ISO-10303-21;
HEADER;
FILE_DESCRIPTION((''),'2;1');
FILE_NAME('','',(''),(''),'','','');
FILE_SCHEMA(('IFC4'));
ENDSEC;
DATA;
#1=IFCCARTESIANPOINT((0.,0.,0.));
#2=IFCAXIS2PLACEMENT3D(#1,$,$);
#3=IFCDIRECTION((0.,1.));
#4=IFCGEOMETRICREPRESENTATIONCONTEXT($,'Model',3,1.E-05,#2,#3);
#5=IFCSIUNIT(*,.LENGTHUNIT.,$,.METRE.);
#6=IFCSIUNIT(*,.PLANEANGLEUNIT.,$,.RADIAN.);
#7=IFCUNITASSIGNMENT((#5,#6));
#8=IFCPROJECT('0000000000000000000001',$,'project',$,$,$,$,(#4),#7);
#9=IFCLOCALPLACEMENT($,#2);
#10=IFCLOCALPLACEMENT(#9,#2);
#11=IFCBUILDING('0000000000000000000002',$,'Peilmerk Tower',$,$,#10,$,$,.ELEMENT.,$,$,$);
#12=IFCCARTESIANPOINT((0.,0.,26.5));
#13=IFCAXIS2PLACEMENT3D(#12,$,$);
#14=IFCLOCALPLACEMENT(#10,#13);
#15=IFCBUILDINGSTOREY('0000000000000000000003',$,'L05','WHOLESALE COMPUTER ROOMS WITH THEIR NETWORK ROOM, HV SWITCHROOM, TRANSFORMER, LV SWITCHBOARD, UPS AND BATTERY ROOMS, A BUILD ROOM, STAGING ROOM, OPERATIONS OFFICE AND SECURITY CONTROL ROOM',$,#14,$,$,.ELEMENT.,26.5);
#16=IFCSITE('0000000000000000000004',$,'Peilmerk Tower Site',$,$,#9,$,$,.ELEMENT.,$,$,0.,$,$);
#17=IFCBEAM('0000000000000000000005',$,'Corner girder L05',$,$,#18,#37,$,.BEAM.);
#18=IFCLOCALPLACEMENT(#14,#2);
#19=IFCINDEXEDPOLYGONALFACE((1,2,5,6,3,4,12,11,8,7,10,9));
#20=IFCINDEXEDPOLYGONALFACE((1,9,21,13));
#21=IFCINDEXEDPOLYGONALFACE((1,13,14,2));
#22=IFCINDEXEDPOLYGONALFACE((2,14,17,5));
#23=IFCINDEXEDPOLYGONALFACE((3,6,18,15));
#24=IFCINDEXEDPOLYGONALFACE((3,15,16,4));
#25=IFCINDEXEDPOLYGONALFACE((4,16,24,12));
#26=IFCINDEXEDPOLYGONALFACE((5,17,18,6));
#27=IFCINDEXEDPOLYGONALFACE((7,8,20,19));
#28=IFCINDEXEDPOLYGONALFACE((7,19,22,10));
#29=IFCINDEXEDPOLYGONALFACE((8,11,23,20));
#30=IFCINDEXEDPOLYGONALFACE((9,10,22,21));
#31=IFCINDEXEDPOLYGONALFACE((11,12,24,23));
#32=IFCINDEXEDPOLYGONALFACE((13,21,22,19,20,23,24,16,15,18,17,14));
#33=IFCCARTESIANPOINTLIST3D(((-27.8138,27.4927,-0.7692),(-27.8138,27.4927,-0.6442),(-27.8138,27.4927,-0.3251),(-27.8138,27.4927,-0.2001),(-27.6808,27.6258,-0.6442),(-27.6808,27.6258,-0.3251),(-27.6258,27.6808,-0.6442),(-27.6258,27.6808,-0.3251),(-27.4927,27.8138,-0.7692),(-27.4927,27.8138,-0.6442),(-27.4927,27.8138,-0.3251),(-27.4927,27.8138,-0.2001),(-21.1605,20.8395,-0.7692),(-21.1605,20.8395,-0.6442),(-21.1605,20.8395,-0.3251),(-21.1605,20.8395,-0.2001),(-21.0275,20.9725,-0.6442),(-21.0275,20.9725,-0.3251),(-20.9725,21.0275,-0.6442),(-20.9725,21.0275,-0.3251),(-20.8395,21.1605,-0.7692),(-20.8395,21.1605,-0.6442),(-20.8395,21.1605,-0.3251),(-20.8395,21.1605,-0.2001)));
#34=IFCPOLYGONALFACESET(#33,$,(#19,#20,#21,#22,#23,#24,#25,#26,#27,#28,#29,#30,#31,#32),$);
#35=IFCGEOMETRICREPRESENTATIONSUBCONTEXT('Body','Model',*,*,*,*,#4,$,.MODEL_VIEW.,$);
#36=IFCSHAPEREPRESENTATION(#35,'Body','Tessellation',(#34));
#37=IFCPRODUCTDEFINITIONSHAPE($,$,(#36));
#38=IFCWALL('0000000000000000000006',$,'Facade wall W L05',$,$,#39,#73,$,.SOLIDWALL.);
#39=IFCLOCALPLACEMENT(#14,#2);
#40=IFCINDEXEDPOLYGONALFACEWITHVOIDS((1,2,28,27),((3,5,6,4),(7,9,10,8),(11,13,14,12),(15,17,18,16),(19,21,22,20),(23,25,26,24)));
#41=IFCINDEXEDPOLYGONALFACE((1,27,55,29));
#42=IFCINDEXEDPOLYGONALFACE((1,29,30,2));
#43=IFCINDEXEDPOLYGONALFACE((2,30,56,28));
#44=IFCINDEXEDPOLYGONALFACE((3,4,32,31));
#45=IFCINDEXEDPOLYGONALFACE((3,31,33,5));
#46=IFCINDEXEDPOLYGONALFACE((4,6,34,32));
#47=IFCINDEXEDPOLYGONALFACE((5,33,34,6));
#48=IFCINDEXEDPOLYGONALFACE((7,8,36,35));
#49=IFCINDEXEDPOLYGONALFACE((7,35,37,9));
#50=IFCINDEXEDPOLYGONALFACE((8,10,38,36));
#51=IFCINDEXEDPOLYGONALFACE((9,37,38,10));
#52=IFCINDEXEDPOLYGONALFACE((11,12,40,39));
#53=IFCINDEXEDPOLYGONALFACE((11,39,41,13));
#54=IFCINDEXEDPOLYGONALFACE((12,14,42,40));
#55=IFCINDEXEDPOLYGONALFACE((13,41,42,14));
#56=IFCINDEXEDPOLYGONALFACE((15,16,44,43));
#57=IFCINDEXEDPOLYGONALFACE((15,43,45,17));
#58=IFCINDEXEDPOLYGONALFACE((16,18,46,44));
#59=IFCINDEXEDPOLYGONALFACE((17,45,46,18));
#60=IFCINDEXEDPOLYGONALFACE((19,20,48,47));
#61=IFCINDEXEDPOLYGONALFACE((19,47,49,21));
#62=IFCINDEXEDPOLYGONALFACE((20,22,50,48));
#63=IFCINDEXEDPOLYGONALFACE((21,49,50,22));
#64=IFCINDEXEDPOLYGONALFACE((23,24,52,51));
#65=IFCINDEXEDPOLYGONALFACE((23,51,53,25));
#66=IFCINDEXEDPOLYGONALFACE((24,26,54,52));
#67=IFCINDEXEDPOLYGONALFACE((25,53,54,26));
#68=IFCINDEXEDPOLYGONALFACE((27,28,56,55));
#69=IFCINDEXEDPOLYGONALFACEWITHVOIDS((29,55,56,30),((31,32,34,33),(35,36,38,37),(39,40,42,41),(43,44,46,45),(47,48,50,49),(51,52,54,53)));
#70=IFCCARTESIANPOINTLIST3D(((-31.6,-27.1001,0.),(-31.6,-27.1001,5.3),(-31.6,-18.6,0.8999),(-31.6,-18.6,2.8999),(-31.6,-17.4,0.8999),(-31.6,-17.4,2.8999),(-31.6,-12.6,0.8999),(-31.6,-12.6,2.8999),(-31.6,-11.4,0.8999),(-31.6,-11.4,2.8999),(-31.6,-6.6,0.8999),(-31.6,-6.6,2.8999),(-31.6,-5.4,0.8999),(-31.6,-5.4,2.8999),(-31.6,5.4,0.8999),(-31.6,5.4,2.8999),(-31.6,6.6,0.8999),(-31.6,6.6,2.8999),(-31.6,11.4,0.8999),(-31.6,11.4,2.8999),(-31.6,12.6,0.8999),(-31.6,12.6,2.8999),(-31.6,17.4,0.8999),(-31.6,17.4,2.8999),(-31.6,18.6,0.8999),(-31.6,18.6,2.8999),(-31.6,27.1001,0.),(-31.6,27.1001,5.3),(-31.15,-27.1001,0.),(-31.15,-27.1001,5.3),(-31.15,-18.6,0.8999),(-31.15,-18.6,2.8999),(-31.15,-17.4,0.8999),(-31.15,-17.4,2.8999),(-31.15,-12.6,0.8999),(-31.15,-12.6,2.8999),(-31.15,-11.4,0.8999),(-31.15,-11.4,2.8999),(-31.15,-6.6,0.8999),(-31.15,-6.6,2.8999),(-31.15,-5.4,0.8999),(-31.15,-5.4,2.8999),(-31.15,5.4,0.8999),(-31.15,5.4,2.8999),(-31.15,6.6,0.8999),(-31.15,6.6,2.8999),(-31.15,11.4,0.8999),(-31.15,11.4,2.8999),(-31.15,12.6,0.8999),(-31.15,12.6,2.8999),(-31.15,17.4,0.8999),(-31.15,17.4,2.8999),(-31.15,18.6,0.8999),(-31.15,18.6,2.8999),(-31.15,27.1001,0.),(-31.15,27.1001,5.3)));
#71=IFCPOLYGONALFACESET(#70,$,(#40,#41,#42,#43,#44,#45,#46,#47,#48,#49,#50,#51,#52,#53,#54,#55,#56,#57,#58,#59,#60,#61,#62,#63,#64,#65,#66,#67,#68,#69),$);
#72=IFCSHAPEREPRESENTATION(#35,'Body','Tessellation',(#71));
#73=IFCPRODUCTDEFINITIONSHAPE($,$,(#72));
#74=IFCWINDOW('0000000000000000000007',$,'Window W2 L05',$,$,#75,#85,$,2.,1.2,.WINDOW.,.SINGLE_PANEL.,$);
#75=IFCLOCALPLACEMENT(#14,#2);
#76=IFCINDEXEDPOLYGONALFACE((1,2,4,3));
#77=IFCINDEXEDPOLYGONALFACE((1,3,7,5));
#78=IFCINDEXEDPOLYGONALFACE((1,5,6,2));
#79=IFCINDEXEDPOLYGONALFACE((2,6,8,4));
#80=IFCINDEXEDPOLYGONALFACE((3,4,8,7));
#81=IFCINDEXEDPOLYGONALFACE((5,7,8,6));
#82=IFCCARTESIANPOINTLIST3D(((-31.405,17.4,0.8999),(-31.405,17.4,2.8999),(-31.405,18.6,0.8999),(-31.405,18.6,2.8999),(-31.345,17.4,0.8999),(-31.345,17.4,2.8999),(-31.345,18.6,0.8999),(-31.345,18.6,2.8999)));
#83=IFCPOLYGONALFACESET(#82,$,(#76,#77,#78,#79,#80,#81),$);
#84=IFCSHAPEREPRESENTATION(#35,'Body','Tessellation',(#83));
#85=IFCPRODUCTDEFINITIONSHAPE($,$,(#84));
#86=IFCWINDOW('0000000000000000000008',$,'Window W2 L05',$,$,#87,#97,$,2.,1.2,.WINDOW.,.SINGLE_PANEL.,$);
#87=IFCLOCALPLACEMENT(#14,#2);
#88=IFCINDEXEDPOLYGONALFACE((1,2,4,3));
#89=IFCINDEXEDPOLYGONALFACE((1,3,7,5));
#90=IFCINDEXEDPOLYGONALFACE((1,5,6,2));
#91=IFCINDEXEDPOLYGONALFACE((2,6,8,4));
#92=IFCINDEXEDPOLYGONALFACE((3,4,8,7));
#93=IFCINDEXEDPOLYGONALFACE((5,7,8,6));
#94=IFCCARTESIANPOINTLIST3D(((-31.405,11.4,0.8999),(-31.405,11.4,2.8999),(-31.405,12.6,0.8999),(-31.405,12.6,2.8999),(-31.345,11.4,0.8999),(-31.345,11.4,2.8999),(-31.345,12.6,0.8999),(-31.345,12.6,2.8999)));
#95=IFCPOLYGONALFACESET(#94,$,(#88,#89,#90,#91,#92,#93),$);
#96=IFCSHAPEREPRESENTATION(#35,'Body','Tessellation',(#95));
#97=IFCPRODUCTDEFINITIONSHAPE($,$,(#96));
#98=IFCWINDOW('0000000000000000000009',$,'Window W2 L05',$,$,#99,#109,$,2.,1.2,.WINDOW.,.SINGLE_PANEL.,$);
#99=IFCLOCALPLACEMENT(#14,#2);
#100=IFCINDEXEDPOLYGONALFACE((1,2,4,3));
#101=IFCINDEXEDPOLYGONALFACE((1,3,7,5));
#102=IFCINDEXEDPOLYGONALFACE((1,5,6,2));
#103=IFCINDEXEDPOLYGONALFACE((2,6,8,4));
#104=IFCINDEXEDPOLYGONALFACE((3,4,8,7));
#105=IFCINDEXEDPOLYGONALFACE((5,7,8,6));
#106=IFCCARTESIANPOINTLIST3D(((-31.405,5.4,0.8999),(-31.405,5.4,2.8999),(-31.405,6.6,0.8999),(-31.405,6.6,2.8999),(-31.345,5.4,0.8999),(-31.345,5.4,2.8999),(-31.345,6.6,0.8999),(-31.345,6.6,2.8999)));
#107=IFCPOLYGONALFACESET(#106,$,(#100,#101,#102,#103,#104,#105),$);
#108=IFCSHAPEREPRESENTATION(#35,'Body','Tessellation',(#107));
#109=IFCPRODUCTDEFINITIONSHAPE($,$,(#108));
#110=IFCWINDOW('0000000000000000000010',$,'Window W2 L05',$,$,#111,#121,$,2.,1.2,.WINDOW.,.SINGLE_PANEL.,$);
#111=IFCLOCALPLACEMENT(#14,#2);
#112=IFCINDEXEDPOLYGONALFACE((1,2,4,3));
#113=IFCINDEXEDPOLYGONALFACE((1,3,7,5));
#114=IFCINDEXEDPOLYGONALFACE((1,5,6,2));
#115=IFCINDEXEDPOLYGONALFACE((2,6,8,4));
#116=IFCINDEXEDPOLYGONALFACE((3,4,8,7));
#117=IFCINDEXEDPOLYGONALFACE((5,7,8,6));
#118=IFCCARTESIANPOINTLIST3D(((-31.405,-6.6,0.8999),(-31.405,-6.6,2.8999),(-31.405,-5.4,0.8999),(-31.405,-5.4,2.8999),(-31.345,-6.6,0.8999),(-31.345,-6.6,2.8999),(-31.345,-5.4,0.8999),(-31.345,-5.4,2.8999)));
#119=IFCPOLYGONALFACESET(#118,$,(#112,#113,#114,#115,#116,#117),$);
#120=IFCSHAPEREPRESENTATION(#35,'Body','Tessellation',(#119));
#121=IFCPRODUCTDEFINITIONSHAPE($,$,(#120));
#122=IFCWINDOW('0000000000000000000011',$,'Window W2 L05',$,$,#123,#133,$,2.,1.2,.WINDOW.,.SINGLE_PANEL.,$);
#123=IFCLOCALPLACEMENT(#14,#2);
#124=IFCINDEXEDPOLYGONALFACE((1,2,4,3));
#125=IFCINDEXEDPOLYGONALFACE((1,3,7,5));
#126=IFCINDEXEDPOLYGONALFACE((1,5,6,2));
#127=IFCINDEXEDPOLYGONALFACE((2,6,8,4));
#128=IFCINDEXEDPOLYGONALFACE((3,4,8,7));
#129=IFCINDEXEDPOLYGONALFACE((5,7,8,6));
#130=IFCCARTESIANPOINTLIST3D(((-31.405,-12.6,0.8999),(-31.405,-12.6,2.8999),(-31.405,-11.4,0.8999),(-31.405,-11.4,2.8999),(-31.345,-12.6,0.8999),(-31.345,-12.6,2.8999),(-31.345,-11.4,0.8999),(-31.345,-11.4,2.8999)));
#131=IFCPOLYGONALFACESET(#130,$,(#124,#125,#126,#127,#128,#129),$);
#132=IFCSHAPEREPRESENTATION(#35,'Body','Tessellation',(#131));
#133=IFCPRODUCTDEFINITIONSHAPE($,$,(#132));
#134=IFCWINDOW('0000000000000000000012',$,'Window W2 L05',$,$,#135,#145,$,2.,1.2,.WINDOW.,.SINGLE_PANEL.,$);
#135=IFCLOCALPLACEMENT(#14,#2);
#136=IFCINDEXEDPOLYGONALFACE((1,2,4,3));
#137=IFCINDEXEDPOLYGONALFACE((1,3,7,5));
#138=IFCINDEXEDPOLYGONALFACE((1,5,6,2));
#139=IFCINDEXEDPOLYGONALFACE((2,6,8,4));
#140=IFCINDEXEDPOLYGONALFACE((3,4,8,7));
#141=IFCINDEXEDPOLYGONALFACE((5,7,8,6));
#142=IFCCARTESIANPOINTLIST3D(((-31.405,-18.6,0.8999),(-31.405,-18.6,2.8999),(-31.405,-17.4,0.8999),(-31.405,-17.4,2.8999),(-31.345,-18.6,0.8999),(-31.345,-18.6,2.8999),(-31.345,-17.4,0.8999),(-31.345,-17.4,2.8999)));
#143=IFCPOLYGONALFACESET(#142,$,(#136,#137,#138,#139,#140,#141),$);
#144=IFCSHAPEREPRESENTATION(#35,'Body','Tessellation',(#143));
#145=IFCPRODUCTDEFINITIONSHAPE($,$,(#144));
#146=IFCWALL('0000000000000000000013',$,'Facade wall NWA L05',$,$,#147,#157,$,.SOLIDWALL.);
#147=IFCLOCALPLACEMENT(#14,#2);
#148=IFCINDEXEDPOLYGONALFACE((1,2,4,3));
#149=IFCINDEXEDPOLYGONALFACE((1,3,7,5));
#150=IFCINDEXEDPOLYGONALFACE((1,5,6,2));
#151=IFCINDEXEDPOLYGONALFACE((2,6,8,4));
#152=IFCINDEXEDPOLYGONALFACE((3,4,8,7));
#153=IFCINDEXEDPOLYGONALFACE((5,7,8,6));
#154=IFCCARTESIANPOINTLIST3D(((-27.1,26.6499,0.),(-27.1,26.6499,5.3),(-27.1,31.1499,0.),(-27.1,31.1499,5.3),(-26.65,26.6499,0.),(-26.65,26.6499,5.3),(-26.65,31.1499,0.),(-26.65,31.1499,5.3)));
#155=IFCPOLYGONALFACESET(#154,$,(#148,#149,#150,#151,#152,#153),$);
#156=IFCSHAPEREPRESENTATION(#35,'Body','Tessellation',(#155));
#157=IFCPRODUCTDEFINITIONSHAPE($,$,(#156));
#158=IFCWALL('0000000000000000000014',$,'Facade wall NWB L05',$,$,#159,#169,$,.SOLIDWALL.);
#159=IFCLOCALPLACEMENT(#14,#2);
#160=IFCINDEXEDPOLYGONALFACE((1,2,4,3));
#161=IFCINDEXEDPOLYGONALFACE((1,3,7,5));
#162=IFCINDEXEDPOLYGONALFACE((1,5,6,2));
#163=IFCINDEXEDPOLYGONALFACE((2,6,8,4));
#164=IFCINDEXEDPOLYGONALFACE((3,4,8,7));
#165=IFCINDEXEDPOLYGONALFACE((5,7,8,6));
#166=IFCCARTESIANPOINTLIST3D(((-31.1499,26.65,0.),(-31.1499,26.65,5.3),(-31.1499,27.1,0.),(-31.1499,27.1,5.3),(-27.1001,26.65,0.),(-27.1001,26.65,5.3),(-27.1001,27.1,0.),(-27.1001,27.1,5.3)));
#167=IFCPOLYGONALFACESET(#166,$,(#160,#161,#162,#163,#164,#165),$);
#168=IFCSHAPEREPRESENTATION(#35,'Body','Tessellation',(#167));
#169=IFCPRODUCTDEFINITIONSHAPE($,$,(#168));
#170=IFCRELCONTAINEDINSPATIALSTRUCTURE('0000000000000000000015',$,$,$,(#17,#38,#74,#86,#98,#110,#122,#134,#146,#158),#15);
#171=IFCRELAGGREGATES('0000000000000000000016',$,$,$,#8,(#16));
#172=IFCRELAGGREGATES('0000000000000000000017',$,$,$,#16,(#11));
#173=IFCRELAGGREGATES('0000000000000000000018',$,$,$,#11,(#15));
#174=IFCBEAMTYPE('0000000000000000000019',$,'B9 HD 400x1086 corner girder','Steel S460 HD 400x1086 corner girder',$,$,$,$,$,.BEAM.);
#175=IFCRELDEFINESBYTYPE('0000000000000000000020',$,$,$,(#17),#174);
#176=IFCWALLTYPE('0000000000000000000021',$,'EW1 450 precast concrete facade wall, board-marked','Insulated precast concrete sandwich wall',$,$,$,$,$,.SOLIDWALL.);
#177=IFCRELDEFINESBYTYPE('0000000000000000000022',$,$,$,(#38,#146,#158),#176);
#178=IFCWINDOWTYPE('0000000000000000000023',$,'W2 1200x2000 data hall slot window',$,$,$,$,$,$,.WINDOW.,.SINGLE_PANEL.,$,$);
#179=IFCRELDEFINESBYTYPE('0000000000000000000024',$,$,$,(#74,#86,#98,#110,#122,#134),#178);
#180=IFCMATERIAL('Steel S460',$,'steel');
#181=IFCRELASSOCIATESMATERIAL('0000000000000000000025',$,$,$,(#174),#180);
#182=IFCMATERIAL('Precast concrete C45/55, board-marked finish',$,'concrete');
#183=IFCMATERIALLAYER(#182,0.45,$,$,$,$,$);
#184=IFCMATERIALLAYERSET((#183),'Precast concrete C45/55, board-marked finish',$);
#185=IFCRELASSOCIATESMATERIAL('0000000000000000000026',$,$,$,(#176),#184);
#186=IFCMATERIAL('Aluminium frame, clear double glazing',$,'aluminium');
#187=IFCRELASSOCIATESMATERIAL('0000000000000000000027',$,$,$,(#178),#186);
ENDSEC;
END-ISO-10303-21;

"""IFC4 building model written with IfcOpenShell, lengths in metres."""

from ifc_helpers import new_model, si_unit, direction, frame, frame_2d, origin, origin_2d, place, context, subcontext, project, spatial, rectangle, i_section, extrude, material, layer, layer_set, material_profile, profile_set, type_object, element, fill, save


model = new_model("IFC4")

# Units and contexts
model_context = context("Model", 3, precision=1e-05, world=origin(), true_north=direction((0.0, 1.0)))
body_context = subcontext(model_context, "Body", "Model", "MODEL_VIEW")
ifc_project = project(units=[si_unit("LENGTHUNIT", "METRE"), si_unit("PLANEANGLEUNIT", "RADIAN")], contexts=[model_context])

# Site, building, storey
site_placement = place(None, origin())
site = spatial("IfcSite", under=ifc_project, at=site_placement, Name="Peilmerk Tower Site", CompositionType="ELEMENT", RefElevation=0.0)
building_placement = place(site_placement, origin())
building = spatial("IfcBuilding", under=site, at=building_placement, Name="Peilmerk Tower", CompositionType="ELEMENT")
storey_placement = place(building_placement, frame((0.0, 0.0, 26.5)))
storey = spatial("IfcBuildingStorey", under=building, at=storey_placement, Name="L05", Description="WHOLESALE COMPUTER ROOMS WITH THEIR NETWORK ROOM, HV SWITCHROOM, TRANSFORMER, LV SWITCHBOARD, UPS AND BATTERY ROOMS, A BUILD ROOM, STAGING ROOM, OPERATIONS OFFICE AND SECURITY CONTROL ROOM", CompositionType="ELEMENT", Elevation=26.5)

# Beam
ifc_material_1 = material(Name="Steel S460", Category="steel")
ifc_material_profile_1 = material_profile(ifc_material_1, i_section(OverallWidth=0.4541, OverallDepth=0.5691, WebThickness=0.0779, FlangeThickness=0.125, at=origin_2d()), Name="HD 400x1086")
ifc_profile_set_1 = profile_set([ifc_material_profile_1], Name="Steel S460")
beam_type_1 = type_object("IfcBeamType", Name="B9 HD 400x1086 corner girder", Description="Steel S460 HD 400x1086 corner girder", PredefinedType="BEAM", material=ifc_profile_set_1)
beam_1_placement = place(storey_placement, frame((-21.0, 21.0, -0.4846), z_axis=(-0.707107, 0.707107, 0.0), x_axis=(-0.707107, -0.707107, 0.0)))
element("IfcBeam", 1, at=beam_1_placement, inside=storey, type_object=beam_type_1, Name="Corner girder L05", PredefinedType="BEAM", context=body_context, shape_type="SweptSolid", body=[
    extrude(i_section(OverallWidth=0.4541, OverallDepth=0.5691, WebThickness=0.0779, FlangeThickness=0.125, at=origin_2d()), origin(), (0.0, 0.0, 1.0), 9.4092),
])

# Wall, openings, windows
ifc_material_2 = material(Name="Precast concrete C45/55, board-marked finish", Category="concrete")
ifc_layer = layer(ifc_material_2, 0.45)
ifc_layer_set = layer_set([ifc_layer], Name="Precast concrete C45/55, board-marked finish")
wall_type = type_object("IfcWallType", Name="EW1 450 precast concrete facade wall, board-marked", Description="Insulated precast concrete sandwich wall", PredefinedType="SOLIDWALL", material=ifc_layer_set)
wall_1_placement = place(storey_placement, frame((-31.375, 27.1001, 0.0), z_axis=(0.0, 0.0, 1.0), x_axis=(0.0, -1.0, 0.0)))
wall_1 = element("IfcWall", 2, at=wall_1_placement, inside=storey, type_object=wall_type, Name="Facade wall W L05", PredefinedType="SOLIDWALL", context=body_context, shape_type="SweptSolid", body=[
    extrude(rectangle(XDim=54.2002, YDim=0.45, at=frame_2d((27.1001, 0.0))), origin(), (0.0, 0.0, 1.0), 5.3),
])
opening_1_placement = place(wall_1_placement, frame((8.5, 0.0, 0.8999)))
opening_1 = element("IfcOpeningElement", 3, at=opening_1_placement, cuts=wall_1, PredefinedType="OPENING", context=body_context, shape_type="SweptSolid", body=[
    extrude(rectangle(XDim=1.2, YDim=2.0, at=frame_2d((0.6001, 1.0))), frame((0.0, 0.2349, 0.0), z_axis=(0.0, -1.0, 0.0), x_axis=(1.0, 0.0, 0.0)), (0.0, 0.0, 1.0), 0.47),
])
opening_2_placement = place(wall_1_placement, frame((14.5, 0.0, 0.8999)))
opening_2 = element("IfcOpeningElement", 4, at=opening_2_placement, cuts=wall_1, PredefinedType="OPENING", context=body_context, shape_type="SweptSolid", body=[
    extrude(rectangle(XDim=1.2, YDim=2.0, at=frame_2d((0.6001, 1.0))), frame((0.0, 0.2349, 0.0), z_axis=(0.0, -1.0, 0.0), x_axis=(1.0, 0.0, 0.0)), (0.0, 0.0, 1.0), 0.47),
])
opening_3_placement = place(wall_1_placement, frame((20.5, 0.0, 0.8999)))
opening_3 = element("IfcOpeningElement", 5, at=opening_3_placement, cuts=wall_1, PredefinedType="OPENING", context=body_context, shape_type="SweptSolid", body=[
    extrude(rectangle(XDim=1.2, YDim=2.0, at=frame_2d((0.6001, 1.0))), frame((0.0, 0.2349, 0.0), z_axis=(0.0, -1.0, 0.0), x_axis=(1.0, 0.0, 0.0)), (0.0, 0.0, 1.0), 0.47),
])
opening_4_placement = place(wall_1_placement, frame((32.5, 0.0, 0.8999)))
opening_4 = element("IfcOpeningElement", 6, at=opening_4_placement, cuts=wall_1, PredefinedType="OPENING", context=body_context, shape_type="SweptSolid", body=[
    extrude(rectangle(XDim=1.2, YDim=2.0, at=frame_2d((0.6001, 1.0))), frame((0.0, 0.2349, 0.0), z_axis=(0.0, -1.0, 0.0), x_axis=(1.0, 0.0, 0.0)), (0.0, 0.0, 1.0), 0.47),
])
opening_5_placement = place(wall_1_placement, frame((38.5, 0.0, 0.8999)))
opening_5 = element("IfcOpeningElement", 7, at=opening_5_placement, cuts=wall_1, PredefinedType="OPENING", context=body_context, shape_type="SweptSolid", body=[
    extrude(rectangle(XDim=1.2, YDim=2.0, at=frame_2d((0.6001, 1.0))), frame((0.0, 0.2349, 0.0), z_axis=(0.0, -1.0, 0.0), x_axis=(1.0, 0.0, 0.0)), (0.0, 0.0, 1.0), 0.47),
])
opening_6_placement = place(wall_1_placement, frame((44.5, 0.0, 0.8999)))
opening_6 = element("IfcOpeningElement", 8, at=opening_6_placement, cuts=wall_1, PredefinedType="OPENING", context=body_context, shape_type="SweptSolid", body=[
    extrude(rectangle(XDim=1.2, YDim=2.0, at=frame_2d((0.6001, 1.0))), frame((0.0, 0.2349, 0.0), z_axis=(0.0, -1.0, 0.0), x_axis=(1.0, 0.0, 0.0)), (0.0, 0.0, 1.0), 0.47),
])
ifc_material_3 = material(Name="Aluminium frame, clear double glazing", Category="aluminium")
window_type = type_object("IfcWindowType", Name="W2 1200x2000 data hall slot window", PartitioningType="SINGLE_PANEL", PredefinedType="WINDOW", material=ifc_material_3)
window_1_placement = place(opening_1_placement, origin())
window_1 = element("IfcWindow", 9, at=window_1_placement, inside=storey, type_object=window_type, Name="Window W2 L05", OverallHeight=2.0, OverallWidth=1.2, PartitioningType="SINGLE_PANEL", PredefinedType="WINDOW", context=body_context, shape_type="SweptSolid", body=[
    extrude(rectangle(XDim=1.2, YDim=2.0, at=frame_2d((0.6001, 1.0))), frame((0.0, 0.03, 0.0), z_axis=(0.0, -1.0, 0.0), x_axis=(1.0, 0.0, 0.0)), (0.0, 0.0, 1.0), 0.0601),
])
fill(opening_1, window_1)
window_2_placement = place(opening_2_placement, origin())
window_2 = element("IfcWindow", 10, at=window_2_placement, inside=storey, type_object=window_type, Name="Window W2 L05", OverallHeight=2.0, OverallWidth=1.2, PartitioningType="SINGLE_PANEL", PredefinedType="WINDOW", context=body_context, shape_type="SweptSolid", body=[
    extrude(rectangle(XDim=1.2, YDim=2.0, at=frame_2d((0.6001, 1.0))), frame((0.0, 0.03, 0.0), z_axis=(0.0, -1.0, 0.0), x_axis=(1.0, 0.0, 0.0)), (0.0, 0.0, 1.0), 0.0601),
])
fill(opening_2, window_2)
window_3_placement = place(opening_3_placement, origin())
window_3 = element("IfcWindow", 11, at=window_3_placement, inside=storey, type_object=window_type, Name="Window W2 L05", OverallHeight=2.0, OverallWidth=1.2, PartitioningType="SINGLE_PANEL", PredefinedType="WINDOW", context=body_context, shape_type="SweptSolid", body=[
    extrude(rectangle(XDim=1.2, YDim=2.0, at=frame_2d((0.6001, 1.0))), frame((0.0, 0.03, 0.0), z_axis=(0.0, -1.0, 0.0), x_axis=(1.0, 0.0, 0.0)), (0.0, 0.0, 1.0), 0.0601),
])
fill(opening_3, window_3)
window_4_placement = place(opening_4_placement, origin())
window_4 = element("IfcWindow", 12, at=window_4_placement, inside=storey, type_object=window_type, Name="Window W2 L05", OverallHeight=2.0, OverallWidth=1.2, PartitioningType="SINGLE_PANEL", PredefinedType="WINDOW", context=body_context, shape_type="SweptSolid", body=[
    extrude(rectangle(XDim=1.2, YDim=2.0, at=frame_2d((0.6001, 1.0))), frame((0.0, 0.03, 0.0), z_axis=(0.0, -1.0, 0.0), x_axis=(1.0, 0.0, 0.0)), (0.0, 0.0, 1.0), 0.0601),
])
fill(opening_4, window_4)
window_5_placement = place(opening_5_placement, origin())
window_5 = element("IfcWindow", 13, at=window_5_placement, inside=storey, type_object=window_type, Name="Window W2 L05", OverallHeight=2.0, OverallWidth=1.2, PartitioningType="SINGLE_PANEL", PredefinedType="WINDOW", context=body_context, shape_type="SweptSolid", body=[
    extrude(rectangle(XDim=1.2, YDim=2.0, at=frame_2d((0.6001, 1.0))), frame((0.0, 0.03, 0.0), z_axis=(0.0, -1.0, 0.0), x_axis=(1.0, 0.0, 0.0)), (0.0, 0.0, 1.0), 0.0601),
])
fill(opening_5, window_5)
window_6_placement = place(opening_6_placement, origin())
window_6 = element("IfcWindow", 14, at=window_6_placement, inside=storey, type_object=window_type, Name="Window W2 L05", OverallHeight=2.0, OverallWidth=1.2, PartitioningType="SINGLE_PANEL", PredefinedType="WINDOW", context=body_context, shape_type="SweptSolid", body=[
    extrude(rectangle(XDim=1.2, YDim=2.0, at=frame_2d((0.6001, 1.0))), frame((0.0, 0.03, 0.0), z_axis=(0.0, -1.0, 0.0), x_axis=(1.0, 0.0, 0.0)), (0.0, 0.0, 1.0), 0.0601),
])
fill(opening_6, window_6)

# Walls
wall_2_placement = place(storey_placement, frame((-26.875, 26.6499, 0.0), z_axis=(0.0, 0.0, 1.0), x_axis=(0.0, 1.0, 0.0)))
element("IfcWall", 15, at=wall_2_placement, inside=storey, type_object=wall_type, Name="Facade wall NWA L05", PredefinedType="SOLIDWALL", context=body_context, shape_type="SweptSolid", body=[
    extrude(rectangle(XDim=4.5, YDim=0.45, at=frame_2d((2.25, 0.0))), origin(), (0.0, 0.0, 1.0), 5.3),
])
wall_3_placement = place(storey_placement, frame((-27.1001, 26.875, 0.0), z_axis=(0.0, 0.0, 1.0), x_axis=(-1.0, 0.0, 0.0)))
element("IfcWall", 16, at=wall_3_placement, inside=storey, type_object=wall_type, Name="Facade wall NWB L05", PredefinedType="SOLIDWALL", context=body_context, shape_type="SweptSolid", body=[
    extrude(rectangle(XDim=4.0498, YDim=0.45, at=frame_2d((2.0249, 0.0))), origin(), (0.0, 0.0, 1.0), 5.3),
])

save(model, "model.ifc")
